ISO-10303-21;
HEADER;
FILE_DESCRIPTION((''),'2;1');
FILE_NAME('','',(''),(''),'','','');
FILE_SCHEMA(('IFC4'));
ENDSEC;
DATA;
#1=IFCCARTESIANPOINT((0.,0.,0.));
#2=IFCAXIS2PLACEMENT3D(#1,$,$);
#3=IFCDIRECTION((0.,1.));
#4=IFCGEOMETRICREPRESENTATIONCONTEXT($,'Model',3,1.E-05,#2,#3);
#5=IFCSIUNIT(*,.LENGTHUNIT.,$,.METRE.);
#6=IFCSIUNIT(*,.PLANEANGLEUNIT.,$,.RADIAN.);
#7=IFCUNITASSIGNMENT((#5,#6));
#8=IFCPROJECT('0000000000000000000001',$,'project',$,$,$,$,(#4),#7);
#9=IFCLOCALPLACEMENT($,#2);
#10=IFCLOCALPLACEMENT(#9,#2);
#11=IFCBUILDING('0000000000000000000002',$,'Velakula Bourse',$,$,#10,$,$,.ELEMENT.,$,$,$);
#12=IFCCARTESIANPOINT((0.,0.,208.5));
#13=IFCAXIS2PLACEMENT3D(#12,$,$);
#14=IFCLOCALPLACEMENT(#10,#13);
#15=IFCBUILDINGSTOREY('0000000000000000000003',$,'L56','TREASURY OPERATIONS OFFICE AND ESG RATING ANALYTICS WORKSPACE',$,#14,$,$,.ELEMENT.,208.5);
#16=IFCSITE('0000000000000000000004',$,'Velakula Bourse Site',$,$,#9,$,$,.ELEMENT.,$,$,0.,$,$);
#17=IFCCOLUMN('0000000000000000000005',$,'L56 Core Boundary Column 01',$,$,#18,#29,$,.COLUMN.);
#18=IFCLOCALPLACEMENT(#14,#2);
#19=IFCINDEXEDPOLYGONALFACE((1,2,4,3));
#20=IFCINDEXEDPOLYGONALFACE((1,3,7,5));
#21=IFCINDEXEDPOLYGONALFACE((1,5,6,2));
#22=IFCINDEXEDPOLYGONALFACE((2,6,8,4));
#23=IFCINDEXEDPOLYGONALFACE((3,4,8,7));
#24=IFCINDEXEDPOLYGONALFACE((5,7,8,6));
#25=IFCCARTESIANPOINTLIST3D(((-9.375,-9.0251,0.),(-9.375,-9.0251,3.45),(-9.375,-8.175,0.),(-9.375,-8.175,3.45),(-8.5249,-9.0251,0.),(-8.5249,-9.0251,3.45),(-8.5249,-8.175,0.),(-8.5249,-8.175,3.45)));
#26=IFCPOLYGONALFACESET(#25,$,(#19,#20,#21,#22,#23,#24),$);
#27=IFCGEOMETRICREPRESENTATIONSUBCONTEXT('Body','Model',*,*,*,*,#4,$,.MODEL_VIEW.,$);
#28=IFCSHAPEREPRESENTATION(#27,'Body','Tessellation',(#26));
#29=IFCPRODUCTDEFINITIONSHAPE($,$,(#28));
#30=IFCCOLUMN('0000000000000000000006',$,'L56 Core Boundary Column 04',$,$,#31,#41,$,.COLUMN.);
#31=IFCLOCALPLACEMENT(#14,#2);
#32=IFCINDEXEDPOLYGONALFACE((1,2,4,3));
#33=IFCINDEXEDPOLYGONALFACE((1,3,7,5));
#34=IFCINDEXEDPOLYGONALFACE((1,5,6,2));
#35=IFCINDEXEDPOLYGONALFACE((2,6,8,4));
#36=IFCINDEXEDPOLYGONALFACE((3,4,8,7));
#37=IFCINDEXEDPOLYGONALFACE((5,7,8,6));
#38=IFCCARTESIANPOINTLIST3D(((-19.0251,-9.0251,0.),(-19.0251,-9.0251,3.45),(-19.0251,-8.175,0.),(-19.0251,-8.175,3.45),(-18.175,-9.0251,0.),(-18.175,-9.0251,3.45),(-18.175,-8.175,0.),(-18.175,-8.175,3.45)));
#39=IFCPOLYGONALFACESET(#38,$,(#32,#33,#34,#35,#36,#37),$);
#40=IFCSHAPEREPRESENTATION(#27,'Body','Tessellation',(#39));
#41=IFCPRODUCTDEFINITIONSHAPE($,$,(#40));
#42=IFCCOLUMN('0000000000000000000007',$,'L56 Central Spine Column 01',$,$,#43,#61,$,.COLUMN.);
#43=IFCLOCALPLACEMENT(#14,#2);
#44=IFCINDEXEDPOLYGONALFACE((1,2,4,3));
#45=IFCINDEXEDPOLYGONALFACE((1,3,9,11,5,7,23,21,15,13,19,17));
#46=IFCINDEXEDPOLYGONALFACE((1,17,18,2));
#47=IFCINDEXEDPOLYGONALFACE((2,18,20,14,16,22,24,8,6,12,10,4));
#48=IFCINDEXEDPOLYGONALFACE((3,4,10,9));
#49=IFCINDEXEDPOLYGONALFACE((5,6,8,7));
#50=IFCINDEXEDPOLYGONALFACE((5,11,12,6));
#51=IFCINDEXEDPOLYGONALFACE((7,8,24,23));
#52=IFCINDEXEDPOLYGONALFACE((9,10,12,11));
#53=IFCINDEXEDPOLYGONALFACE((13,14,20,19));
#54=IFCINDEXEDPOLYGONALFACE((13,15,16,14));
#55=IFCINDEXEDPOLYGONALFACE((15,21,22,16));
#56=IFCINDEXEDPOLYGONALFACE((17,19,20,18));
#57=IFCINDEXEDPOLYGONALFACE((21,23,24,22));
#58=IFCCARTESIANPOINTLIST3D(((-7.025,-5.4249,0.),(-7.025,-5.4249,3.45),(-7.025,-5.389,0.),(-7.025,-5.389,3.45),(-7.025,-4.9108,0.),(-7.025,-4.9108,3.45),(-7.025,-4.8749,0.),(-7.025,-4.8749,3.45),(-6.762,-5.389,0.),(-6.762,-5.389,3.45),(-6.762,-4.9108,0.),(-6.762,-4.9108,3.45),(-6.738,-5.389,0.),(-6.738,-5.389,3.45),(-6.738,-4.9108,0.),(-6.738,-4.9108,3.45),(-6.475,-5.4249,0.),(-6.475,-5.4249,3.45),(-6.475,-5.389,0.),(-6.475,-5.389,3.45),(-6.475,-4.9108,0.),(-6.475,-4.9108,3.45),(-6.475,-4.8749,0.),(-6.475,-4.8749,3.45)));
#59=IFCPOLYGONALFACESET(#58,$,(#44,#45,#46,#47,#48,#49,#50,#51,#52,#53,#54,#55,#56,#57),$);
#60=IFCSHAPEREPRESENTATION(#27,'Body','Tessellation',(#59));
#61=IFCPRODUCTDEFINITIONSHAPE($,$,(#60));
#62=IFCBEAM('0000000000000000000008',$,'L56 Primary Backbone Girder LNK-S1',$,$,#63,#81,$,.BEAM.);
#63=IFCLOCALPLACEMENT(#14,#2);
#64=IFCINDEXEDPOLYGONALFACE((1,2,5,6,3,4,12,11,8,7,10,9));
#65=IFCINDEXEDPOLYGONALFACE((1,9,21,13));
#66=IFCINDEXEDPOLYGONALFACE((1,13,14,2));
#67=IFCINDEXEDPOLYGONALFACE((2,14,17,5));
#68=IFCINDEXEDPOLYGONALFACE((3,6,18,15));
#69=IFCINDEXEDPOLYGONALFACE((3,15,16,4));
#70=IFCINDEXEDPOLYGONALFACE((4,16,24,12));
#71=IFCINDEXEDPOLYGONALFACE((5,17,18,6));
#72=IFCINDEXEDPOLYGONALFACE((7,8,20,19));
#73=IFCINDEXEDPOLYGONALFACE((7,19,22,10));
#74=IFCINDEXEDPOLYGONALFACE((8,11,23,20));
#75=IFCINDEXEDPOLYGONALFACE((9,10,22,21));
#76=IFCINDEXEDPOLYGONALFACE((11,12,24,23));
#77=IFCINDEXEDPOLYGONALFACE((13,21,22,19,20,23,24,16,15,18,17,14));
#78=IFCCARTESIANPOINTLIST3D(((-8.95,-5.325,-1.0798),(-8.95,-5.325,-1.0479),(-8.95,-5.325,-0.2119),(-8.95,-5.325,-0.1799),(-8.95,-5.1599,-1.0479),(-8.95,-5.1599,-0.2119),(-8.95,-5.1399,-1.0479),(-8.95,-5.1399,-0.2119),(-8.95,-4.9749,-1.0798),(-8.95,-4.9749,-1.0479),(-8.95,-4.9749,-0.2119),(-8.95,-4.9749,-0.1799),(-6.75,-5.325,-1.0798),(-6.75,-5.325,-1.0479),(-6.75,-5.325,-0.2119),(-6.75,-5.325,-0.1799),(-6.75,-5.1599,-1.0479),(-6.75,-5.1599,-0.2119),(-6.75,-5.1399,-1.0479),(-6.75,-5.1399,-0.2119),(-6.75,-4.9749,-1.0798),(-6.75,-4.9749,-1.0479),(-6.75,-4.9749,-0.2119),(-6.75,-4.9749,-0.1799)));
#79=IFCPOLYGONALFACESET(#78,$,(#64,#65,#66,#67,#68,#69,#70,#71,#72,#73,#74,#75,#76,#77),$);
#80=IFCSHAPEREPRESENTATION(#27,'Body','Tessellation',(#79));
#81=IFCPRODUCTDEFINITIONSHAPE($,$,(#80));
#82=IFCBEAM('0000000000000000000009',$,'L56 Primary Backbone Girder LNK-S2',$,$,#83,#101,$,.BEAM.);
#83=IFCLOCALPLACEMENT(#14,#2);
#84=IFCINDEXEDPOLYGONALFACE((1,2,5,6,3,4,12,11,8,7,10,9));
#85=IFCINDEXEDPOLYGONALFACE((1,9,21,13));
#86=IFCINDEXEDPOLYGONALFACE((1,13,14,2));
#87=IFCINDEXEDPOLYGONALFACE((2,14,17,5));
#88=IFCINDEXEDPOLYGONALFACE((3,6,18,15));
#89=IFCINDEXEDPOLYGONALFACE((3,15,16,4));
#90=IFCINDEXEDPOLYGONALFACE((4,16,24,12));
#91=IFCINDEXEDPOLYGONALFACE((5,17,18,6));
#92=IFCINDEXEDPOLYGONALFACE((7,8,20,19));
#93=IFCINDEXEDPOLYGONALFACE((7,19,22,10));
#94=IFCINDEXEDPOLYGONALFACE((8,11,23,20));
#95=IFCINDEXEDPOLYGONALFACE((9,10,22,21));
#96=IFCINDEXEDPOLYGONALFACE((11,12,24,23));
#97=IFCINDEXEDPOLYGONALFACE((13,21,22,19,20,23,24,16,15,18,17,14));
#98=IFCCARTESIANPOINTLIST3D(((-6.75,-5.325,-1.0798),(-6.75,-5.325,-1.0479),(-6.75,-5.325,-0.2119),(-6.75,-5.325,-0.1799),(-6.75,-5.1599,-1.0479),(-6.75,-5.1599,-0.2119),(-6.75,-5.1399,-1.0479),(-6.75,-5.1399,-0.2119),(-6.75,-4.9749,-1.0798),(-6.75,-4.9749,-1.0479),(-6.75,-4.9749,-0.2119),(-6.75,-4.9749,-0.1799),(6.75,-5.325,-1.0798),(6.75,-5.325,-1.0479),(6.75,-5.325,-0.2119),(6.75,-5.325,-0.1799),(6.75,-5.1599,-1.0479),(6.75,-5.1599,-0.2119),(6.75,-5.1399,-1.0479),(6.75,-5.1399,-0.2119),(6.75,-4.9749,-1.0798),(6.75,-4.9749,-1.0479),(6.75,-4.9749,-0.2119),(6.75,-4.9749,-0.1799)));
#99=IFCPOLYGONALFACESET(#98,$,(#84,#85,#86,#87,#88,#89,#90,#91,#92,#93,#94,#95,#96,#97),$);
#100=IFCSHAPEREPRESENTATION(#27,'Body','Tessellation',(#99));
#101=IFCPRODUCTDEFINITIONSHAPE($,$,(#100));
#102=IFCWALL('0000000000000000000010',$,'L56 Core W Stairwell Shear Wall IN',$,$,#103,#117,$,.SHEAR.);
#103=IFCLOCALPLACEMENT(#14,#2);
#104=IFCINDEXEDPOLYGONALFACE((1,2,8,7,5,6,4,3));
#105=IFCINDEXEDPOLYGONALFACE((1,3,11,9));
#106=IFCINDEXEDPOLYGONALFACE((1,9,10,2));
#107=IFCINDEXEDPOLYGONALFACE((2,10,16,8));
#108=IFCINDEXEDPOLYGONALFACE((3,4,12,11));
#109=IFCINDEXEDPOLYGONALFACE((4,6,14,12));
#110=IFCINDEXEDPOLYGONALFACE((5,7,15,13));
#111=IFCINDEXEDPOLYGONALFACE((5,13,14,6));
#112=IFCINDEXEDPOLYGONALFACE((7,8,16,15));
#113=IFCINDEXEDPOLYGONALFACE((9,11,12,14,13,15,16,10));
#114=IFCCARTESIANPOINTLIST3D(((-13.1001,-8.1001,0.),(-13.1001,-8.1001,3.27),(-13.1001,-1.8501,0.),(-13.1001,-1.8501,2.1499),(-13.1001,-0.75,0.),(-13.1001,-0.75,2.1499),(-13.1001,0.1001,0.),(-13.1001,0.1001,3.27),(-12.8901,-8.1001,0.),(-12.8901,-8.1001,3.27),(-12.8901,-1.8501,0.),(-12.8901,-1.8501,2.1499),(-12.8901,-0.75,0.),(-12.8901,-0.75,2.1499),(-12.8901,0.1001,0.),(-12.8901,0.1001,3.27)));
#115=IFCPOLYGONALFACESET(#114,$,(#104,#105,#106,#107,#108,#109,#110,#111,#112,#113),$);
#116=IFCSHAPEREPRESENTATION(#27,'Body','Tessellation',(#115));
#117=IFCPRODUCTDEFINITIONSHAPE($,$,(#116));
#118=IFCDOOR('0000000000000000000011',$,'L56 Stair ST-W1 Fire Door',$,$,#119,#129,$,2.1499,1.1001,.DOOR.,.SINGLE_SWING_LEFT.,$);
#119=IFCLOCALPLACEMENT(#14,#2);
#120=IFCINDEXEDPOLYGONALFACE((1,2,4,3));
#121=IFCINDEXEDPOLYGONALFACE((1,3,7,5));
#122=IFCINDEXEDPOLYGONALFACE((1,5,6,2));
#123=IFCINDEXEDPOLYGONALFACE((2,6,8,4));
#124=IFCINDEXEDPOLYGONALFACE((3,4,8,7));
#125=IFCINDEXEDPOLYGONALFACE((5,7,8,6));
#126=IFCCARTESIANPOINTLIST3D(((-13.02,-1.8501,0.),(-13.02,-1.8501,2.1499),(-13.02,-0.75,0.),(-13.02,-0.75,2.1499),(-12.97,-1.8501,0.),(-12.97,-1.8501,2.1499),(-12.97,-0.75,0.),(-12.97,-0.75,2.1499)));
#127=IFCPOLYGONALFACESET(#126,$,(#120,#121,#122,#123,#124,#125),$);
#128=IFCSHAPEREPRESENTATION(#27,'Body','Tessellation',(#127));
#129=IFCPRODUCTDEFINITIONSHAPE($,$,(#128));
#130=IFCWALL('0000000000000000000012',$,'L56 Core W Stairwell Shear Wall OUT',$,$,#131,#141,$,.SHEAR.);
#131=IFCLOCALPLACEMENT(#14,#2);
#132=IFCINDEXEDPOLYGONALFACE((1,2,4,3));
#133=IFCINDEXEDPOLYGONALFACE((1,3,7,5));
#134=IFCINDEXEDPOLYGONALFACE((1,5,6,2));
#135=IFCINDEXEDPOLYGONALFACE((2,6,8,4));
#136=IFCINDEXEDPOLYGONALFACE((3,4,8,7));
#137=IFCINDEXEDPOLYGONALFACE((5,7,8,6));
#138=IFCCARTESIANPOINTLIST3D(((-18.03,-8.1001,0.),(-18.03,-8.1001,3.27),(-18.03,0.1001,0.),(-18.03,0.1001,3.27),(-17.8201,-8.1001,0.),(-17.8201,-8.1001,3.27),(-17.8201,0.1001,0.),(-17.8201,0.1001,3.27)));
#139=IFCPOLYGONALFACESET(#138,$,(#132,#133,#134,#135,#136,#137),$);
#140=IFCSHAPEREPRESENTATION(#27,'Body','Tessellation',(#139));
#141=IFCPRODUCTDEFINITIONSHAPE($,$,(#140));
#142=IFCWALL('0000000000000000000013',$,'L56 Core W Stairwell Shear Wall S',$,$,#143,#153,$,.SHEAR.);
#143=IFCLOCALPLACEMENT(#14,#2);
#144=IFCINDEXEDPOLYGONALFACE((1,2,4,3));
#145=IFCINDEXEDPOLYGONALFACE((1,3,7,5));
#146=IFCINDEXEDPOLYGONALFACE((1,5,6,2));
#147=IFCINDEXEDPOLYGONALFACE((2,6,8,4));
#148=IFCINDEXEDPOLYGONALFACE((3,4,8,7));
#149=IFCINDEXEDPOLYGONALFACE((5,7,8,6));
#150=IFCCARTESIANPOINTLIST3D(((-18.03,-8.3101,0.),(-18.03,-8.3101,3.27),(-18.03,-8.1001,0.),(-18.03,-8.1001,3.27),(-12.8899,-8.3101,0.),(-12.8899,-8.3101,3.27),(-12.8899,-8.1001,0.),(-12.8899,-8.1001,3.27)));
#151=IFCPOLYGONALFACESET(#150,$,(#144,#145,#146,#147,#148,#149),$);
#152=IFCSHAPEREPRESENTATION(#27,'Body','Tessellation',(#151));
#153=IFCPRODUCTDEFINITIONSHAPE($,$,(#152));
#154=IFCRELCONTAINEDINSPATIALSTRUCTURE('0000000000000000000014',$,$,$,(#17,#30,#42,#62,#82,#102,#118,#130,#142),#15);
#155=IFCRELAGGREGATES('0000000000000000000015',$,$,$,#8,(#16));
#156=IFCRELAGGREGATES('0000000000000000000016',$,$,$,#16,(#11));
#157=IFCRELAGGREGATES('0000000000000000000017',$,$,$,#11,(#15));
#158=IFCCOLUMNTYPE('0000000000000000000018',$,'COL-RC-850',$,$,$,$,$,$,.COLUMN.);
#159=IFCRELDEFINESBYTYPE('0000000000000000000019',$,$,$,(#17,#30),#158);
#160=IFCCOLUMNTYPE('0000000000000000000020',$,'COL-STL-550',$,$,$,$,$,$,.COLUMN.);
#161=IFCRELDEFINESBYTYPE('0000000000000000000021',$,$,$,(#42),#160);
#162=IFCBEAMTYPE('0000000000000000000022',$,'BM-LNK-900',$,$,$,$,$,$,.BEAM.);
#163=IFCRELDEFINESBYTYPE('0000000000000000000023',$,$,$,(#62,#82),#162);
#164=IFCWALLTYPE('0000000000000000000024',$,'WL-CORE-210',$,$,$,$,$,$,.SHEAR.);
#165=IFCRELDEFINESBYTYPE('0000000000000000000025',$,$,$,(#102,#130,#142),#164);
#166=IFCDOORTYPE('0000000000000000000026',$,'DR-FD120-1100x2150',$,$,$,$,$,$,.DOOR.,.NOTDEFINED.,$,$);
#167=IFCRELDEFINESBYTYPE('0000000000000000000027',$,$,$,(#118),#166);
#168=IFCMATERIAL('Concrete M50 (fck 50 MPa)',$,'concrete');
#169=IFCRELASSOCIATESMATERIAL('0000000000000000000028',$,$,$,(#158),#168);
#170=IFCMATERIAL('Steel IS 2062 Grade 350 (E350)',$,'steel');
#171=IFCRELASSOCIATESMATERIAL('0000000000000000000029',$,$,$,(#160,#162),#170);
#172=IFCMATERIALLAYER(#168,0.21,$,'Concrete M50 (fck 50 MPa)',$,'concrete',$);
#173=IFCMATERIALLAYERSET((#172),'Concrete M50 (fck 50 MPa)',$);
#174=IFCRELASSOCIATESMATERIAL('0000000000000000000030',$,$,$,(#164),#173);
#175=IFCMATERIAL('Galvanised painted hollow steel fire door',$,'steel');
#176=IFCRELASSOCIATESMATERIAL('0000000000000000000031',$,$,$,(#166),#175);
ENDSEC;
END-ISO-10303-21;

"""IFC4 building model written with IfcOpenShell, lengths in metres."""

from ifc_helpers import new_model, si_unit, direction, frame, frame_2d, origin, origin_2d, place, context, subcontext, project, spatial, rectangle, i_section, extrude, material, layer, layer_set, material_profile, profile_set, type_object, element, fill, save


model = new_model("IFC4")

# Units and contexts
model_context = context("Model", 3, precision=1e-05, world=origin(), true_north=direction((0.0, 1.0)))
body_context = subcontext(model_context, "Body", "Model", "MODEL_VIEW")
ifc_project = project(units=[si_unit("LENGTHUNIT", "METRE"), si_unit("PLANEANGLEUNIT", "RADIAN")], contexts=[model_context])

# Site, building, storey
site_placement = place(None, origin())
site = spatial("IfcSite", under=ifc_project, at=site_placement, Name="Velakula Bourse Site", CompositionType="ELEMENT", RefElevation=0.0)
building_placement = place(site_placement, origin())
building = spatial("IfcBuilding", under=site, at=building_placement, Name="Velakula Bourse", CompositionType="ELEMENT")
storey_placement = place(building_placement, frame((0.0, 0.0, 208.5)))
storey = spatial("IfcBuildingStorey", under=building, at=storey_placement, Name="L56", Description="TREASURY OPERATIONS OFFICE AND ESG RATING ANALYTICS WORKSPACE", CompositionType="ELEMENT", Elevation=208.5)

# Columns
ifc_material_1 = material(Name="Concrete M50 (fck 50 MPa)", Category="concrete")
ifc_material_profile_1 = material_profile(ifc_material_1, rectangle(XDim=0.8501, YDim=0.8501, at=origin_2d()), Name="Concrete M50 (fck 50 MPa)")
ifc_profile_set_1 = profile_set([ifc_material_profile_1], Name="Concrete M50 (fck 50 MPa)")
column_type_1 = type_object("IfcColumnType", Name="COL-RC-850", PredefinedType="COLUMN", material=ifc_profile_set_1)
for number, where, z_axis, x_axis, name in (
    (1, (-8.95, -8.6001, 0.0), (0.0, 0.0, 1.0), (1.0, 0.0, 0.0), "L56 Core Boundary Column 01"),
    (2, (-18.6001, -8.6001, 0.0), (0.0, 0.0, 1.0), (1.0, 0.0, 0.0), "L56 Core Boundary Column 04"),
):
    element("IfcColumn", number, at=place(storey_placement, frame(where, z_axis=z_axis, x_axis=x_axis)), inside=storey, type_object=column_type_1, Name=name, PredefinedType="COLUMN", context=body_context, shape_type="SweptSolid", body=[
        extrude(rectangle(XDim=0.8501, YDim=0.8501, at=origin_2d()), origin(), (0.0, 0.0, 1.0), 3.45),
    ])
ifc_material_2 = material(Name="Steel IS 2062 Grade 350 (E350)", Category="steel")
ifc_material_profile_2 = material_profile(ifc_material_2, i_section(OverallWidth=0.55, OverallDepth=0.55, WebThickness=0.0239, FlangeThickness=0.0359, at=origin_2d()), Name="Steel IS 2062 Grade 350 (E350)")
ifc_profile_set_2 = profile_set([ifc_material_profile_2], Name="Steel IS 2062 Grade 350 (E350)")
column_type_2 = type_object("IfcColumnType", Name="COL-STL-550", PredefinedType="COLUMN", material=ifc_profile_set_2)
column_placement = place(storey_placement, frame((-6.75, -5.1499, 0.0), z_axis=(0.0, 0.0, 1.0), x_axis=(1.0, 0.0, 0.0)))
element("IfcColumn", 3, at=column_placement, inside=storey, type_object=column_type_2, Name="L56 Central Spine Column 01", PredefinedType="COLUMN", context=body_context, shape_type="SweptSolid", body=[
    extrude(i_section(OverallWidth=0.55, OverallDepth=0.55, WebThickness=0.0239, FlangeThickness=0.0359, at=origin_2d()), origin(), (0.0, 0.0, 1.0), 3.45),
])

# Beams
ifc_material_profile_3 = material_profile(ifc_material_2, i_section(OverallWidth=0.3501, OverallDepth=0.8999, WebThickness=0.02, FlangeThickness=0.032, at=origin_2d()), Name="Steel IS 2062 Grade 350 (E350)")
ifc_profile_set_3 = profile_set([ifc_material_profile_3], Name="Steel IS 2062 Grade 350 (E350)")
beam_type = type_object("IfcBeamType", Name="BM-LNK-900", PredefinedType="BEAM", material=ifc_profile_set_3)
beam_1_placement = place(storey_placement, frame((-8.95, -5.1499, -0.6299), z_axis=(1.0, 0.0, 0.0), x_axis=(0.0, 1.0, 0.0)))
element("IfcBeam", 4, at=beam_1_placement, inside=storey, type_object=beam_type, Name="L56 Primary Backbone Girder LNK-S1", PredefinedType="BEAM", context=body_context, shape_type="SweptSolid", body=[
    extrude(i_section(OverallWidth=0.3501, OverallDepth=0.8999, WebThickness=0.02, FlangeThickness=0.032, at=origin_2d()), origin(), (0.0, 0.0, 1.0), 2.2),
])
beam_2_placement = place(storey_placement, frame((-6.75, -5.1499, -0.6299), z_axis=(1.0, 0.0, 0.0), x_axis=(0.0, 1.0, 0.0)))
element("IfcBeam", 5, at=beam_2_placement, inside=storey, type_object=beam_type, Name="L56 Primary Backbone Girder LNK-S2", PredefinedType="BEAM", context=body_context, shape_type="SweptSolid", body=[
    extrude(i_section(OverallWidth=0.3501, OverallDepth=0.8999, WebThickness=0.02, FlangeThickness=0.032, at=origin_2d()), origin(), (0.0, 0.0, 1.0), 13.5),
])

# Wall, opening, door
ifc_layer_1 = layer(ifc_material_1, 0.21, Name="Concrete M50 (fck 50 MPa)", Category="concrete")
ifc_layer_set_1 = layer_set([ifc_layer_1], Name="Concrete M50 (fck 50 MPa)")
wall_type_1 = type_object("IfcWallType", Name="WL-CORE-210", PredefinedType="SHEAR", material=ifc_layer_set_1)
wall_1_placement = place(storey_placement, frame((-12.9951, -8.1001, 0.0), z_axis=(0.0, 0.0, 1.0), x_axis=(0.0, 1.0, 0.0)))
wall_1 = element("IfcWall", 6, at=wall_1_placement, inside=storey, type_object=wall_type_1, Name="L56 Core W Stairwell Shear Wall IN", PredefinedType="SHEAR", context=body_context, shape_type="SweptSolid", body=[
    extrude(rectangle(XDim=8.2002, YDim=0.21, at=frame_2d((4.1001, 0.0))), origin(), (0.0, 0.0, 1.0), 3.27),
])
opening_1_placement = place(wall_1_placement, frame((6.25, 0.0, 0.0)))
opening_1 = element("IfcOpeningElement", 7, at=opening_1_placement, cuts=wall_1, PredefinedType="OPENING", context=body_context, shape_type="SweptSolid", body=[
    extrude(rectangle(XDim=1.1001, YDim=2.1499, at=frame_2d((0.55, 1.075))), frame((0.0, 0.115, 0.0), z_axis=(0.0, -1.0, 0.0), x_axis=(1.0, 0.0, 0.0)), (0.0, 0.0, 1.0), 0.23),
])
ifc_material_3 = material(Name="Galvanised painted hollow steel fire door", Category="steel")
door_type_1 = type_object("IfcDoorType", Name="DR-FD120-1100x2150", OperationType="NOTDEFINED", PredefinedType="DOOR", material=ifc_material_3)
door_1_placement = place(opening_1_placement, origin())
door_1 = element("IfcDoor", 8, at=door_1_placement, inside=storey, type_object=door_type_1, Name="L56 Stair ST-W1 Fire Door", OperationType="SINGLE_SWING_LEFT", OverallHeight=2.1499, OverallWidth=1.1001, PredefinedType="DOOR", context=body_context, shape_type="SweptSolid", body=[
    extrude(rectangle(XDim=1.1001, YDim=2.1499, at=frame_2d((0.55, 1.075))), frame((0.0, 0.0249, 0.0), z_axis=(0.0, -1.0, 0.0), x_axis=(1.0, 0.0, 0.0)), (0.0, 0.0, 1.0), 0.05),
])
fill(opening_1, door_1)

# Walls
wall_2_placement = place(storey_placement, frame((-17.925, -8.1001, 0.0), z_axis=(0.0, 0.0, 1.0), x_axis=(0.0, 1.0, 0.0)))
element("IfcWall", 9, at=wall_2_placement, inside=storey, type_object=wall_type_1, Name="L56 Core W Stairwell Shear Wall OUT", PredefinedType="SHEAR", context=body_context, shape_type="SweptSolid", body=[
    extrude(rectangle(XDim=8.2002, YDim=0.21, at=frame_2d((4.1001, 0.0))), origin(), (0.0, 0.0, 1.0), 3.27),
])
wall_3_placement = place(storey_placement, frame((-18.03, -8.2051, 0.0), z_axis=(0.0, 0.0, 1.0), x_axis=(1.0, 0.0, 0.0)))
element("IfcWall", 10, at=wall_3_placement, inside=storey, type_object=wall_type_1, Name="L56 Core W Stairwell Shear Wall S", PredefinedType="SHEAR", context=body_context, shape_type="SweptSolid", body=[
    extrude(rectangle(XDim=5.1401, YDim=0.21, at=frame_2d((2.5701, 0.0))), origin(), (0.0, 0.0, 1.0), 3.27),
])

save(model, "model.ifc")
